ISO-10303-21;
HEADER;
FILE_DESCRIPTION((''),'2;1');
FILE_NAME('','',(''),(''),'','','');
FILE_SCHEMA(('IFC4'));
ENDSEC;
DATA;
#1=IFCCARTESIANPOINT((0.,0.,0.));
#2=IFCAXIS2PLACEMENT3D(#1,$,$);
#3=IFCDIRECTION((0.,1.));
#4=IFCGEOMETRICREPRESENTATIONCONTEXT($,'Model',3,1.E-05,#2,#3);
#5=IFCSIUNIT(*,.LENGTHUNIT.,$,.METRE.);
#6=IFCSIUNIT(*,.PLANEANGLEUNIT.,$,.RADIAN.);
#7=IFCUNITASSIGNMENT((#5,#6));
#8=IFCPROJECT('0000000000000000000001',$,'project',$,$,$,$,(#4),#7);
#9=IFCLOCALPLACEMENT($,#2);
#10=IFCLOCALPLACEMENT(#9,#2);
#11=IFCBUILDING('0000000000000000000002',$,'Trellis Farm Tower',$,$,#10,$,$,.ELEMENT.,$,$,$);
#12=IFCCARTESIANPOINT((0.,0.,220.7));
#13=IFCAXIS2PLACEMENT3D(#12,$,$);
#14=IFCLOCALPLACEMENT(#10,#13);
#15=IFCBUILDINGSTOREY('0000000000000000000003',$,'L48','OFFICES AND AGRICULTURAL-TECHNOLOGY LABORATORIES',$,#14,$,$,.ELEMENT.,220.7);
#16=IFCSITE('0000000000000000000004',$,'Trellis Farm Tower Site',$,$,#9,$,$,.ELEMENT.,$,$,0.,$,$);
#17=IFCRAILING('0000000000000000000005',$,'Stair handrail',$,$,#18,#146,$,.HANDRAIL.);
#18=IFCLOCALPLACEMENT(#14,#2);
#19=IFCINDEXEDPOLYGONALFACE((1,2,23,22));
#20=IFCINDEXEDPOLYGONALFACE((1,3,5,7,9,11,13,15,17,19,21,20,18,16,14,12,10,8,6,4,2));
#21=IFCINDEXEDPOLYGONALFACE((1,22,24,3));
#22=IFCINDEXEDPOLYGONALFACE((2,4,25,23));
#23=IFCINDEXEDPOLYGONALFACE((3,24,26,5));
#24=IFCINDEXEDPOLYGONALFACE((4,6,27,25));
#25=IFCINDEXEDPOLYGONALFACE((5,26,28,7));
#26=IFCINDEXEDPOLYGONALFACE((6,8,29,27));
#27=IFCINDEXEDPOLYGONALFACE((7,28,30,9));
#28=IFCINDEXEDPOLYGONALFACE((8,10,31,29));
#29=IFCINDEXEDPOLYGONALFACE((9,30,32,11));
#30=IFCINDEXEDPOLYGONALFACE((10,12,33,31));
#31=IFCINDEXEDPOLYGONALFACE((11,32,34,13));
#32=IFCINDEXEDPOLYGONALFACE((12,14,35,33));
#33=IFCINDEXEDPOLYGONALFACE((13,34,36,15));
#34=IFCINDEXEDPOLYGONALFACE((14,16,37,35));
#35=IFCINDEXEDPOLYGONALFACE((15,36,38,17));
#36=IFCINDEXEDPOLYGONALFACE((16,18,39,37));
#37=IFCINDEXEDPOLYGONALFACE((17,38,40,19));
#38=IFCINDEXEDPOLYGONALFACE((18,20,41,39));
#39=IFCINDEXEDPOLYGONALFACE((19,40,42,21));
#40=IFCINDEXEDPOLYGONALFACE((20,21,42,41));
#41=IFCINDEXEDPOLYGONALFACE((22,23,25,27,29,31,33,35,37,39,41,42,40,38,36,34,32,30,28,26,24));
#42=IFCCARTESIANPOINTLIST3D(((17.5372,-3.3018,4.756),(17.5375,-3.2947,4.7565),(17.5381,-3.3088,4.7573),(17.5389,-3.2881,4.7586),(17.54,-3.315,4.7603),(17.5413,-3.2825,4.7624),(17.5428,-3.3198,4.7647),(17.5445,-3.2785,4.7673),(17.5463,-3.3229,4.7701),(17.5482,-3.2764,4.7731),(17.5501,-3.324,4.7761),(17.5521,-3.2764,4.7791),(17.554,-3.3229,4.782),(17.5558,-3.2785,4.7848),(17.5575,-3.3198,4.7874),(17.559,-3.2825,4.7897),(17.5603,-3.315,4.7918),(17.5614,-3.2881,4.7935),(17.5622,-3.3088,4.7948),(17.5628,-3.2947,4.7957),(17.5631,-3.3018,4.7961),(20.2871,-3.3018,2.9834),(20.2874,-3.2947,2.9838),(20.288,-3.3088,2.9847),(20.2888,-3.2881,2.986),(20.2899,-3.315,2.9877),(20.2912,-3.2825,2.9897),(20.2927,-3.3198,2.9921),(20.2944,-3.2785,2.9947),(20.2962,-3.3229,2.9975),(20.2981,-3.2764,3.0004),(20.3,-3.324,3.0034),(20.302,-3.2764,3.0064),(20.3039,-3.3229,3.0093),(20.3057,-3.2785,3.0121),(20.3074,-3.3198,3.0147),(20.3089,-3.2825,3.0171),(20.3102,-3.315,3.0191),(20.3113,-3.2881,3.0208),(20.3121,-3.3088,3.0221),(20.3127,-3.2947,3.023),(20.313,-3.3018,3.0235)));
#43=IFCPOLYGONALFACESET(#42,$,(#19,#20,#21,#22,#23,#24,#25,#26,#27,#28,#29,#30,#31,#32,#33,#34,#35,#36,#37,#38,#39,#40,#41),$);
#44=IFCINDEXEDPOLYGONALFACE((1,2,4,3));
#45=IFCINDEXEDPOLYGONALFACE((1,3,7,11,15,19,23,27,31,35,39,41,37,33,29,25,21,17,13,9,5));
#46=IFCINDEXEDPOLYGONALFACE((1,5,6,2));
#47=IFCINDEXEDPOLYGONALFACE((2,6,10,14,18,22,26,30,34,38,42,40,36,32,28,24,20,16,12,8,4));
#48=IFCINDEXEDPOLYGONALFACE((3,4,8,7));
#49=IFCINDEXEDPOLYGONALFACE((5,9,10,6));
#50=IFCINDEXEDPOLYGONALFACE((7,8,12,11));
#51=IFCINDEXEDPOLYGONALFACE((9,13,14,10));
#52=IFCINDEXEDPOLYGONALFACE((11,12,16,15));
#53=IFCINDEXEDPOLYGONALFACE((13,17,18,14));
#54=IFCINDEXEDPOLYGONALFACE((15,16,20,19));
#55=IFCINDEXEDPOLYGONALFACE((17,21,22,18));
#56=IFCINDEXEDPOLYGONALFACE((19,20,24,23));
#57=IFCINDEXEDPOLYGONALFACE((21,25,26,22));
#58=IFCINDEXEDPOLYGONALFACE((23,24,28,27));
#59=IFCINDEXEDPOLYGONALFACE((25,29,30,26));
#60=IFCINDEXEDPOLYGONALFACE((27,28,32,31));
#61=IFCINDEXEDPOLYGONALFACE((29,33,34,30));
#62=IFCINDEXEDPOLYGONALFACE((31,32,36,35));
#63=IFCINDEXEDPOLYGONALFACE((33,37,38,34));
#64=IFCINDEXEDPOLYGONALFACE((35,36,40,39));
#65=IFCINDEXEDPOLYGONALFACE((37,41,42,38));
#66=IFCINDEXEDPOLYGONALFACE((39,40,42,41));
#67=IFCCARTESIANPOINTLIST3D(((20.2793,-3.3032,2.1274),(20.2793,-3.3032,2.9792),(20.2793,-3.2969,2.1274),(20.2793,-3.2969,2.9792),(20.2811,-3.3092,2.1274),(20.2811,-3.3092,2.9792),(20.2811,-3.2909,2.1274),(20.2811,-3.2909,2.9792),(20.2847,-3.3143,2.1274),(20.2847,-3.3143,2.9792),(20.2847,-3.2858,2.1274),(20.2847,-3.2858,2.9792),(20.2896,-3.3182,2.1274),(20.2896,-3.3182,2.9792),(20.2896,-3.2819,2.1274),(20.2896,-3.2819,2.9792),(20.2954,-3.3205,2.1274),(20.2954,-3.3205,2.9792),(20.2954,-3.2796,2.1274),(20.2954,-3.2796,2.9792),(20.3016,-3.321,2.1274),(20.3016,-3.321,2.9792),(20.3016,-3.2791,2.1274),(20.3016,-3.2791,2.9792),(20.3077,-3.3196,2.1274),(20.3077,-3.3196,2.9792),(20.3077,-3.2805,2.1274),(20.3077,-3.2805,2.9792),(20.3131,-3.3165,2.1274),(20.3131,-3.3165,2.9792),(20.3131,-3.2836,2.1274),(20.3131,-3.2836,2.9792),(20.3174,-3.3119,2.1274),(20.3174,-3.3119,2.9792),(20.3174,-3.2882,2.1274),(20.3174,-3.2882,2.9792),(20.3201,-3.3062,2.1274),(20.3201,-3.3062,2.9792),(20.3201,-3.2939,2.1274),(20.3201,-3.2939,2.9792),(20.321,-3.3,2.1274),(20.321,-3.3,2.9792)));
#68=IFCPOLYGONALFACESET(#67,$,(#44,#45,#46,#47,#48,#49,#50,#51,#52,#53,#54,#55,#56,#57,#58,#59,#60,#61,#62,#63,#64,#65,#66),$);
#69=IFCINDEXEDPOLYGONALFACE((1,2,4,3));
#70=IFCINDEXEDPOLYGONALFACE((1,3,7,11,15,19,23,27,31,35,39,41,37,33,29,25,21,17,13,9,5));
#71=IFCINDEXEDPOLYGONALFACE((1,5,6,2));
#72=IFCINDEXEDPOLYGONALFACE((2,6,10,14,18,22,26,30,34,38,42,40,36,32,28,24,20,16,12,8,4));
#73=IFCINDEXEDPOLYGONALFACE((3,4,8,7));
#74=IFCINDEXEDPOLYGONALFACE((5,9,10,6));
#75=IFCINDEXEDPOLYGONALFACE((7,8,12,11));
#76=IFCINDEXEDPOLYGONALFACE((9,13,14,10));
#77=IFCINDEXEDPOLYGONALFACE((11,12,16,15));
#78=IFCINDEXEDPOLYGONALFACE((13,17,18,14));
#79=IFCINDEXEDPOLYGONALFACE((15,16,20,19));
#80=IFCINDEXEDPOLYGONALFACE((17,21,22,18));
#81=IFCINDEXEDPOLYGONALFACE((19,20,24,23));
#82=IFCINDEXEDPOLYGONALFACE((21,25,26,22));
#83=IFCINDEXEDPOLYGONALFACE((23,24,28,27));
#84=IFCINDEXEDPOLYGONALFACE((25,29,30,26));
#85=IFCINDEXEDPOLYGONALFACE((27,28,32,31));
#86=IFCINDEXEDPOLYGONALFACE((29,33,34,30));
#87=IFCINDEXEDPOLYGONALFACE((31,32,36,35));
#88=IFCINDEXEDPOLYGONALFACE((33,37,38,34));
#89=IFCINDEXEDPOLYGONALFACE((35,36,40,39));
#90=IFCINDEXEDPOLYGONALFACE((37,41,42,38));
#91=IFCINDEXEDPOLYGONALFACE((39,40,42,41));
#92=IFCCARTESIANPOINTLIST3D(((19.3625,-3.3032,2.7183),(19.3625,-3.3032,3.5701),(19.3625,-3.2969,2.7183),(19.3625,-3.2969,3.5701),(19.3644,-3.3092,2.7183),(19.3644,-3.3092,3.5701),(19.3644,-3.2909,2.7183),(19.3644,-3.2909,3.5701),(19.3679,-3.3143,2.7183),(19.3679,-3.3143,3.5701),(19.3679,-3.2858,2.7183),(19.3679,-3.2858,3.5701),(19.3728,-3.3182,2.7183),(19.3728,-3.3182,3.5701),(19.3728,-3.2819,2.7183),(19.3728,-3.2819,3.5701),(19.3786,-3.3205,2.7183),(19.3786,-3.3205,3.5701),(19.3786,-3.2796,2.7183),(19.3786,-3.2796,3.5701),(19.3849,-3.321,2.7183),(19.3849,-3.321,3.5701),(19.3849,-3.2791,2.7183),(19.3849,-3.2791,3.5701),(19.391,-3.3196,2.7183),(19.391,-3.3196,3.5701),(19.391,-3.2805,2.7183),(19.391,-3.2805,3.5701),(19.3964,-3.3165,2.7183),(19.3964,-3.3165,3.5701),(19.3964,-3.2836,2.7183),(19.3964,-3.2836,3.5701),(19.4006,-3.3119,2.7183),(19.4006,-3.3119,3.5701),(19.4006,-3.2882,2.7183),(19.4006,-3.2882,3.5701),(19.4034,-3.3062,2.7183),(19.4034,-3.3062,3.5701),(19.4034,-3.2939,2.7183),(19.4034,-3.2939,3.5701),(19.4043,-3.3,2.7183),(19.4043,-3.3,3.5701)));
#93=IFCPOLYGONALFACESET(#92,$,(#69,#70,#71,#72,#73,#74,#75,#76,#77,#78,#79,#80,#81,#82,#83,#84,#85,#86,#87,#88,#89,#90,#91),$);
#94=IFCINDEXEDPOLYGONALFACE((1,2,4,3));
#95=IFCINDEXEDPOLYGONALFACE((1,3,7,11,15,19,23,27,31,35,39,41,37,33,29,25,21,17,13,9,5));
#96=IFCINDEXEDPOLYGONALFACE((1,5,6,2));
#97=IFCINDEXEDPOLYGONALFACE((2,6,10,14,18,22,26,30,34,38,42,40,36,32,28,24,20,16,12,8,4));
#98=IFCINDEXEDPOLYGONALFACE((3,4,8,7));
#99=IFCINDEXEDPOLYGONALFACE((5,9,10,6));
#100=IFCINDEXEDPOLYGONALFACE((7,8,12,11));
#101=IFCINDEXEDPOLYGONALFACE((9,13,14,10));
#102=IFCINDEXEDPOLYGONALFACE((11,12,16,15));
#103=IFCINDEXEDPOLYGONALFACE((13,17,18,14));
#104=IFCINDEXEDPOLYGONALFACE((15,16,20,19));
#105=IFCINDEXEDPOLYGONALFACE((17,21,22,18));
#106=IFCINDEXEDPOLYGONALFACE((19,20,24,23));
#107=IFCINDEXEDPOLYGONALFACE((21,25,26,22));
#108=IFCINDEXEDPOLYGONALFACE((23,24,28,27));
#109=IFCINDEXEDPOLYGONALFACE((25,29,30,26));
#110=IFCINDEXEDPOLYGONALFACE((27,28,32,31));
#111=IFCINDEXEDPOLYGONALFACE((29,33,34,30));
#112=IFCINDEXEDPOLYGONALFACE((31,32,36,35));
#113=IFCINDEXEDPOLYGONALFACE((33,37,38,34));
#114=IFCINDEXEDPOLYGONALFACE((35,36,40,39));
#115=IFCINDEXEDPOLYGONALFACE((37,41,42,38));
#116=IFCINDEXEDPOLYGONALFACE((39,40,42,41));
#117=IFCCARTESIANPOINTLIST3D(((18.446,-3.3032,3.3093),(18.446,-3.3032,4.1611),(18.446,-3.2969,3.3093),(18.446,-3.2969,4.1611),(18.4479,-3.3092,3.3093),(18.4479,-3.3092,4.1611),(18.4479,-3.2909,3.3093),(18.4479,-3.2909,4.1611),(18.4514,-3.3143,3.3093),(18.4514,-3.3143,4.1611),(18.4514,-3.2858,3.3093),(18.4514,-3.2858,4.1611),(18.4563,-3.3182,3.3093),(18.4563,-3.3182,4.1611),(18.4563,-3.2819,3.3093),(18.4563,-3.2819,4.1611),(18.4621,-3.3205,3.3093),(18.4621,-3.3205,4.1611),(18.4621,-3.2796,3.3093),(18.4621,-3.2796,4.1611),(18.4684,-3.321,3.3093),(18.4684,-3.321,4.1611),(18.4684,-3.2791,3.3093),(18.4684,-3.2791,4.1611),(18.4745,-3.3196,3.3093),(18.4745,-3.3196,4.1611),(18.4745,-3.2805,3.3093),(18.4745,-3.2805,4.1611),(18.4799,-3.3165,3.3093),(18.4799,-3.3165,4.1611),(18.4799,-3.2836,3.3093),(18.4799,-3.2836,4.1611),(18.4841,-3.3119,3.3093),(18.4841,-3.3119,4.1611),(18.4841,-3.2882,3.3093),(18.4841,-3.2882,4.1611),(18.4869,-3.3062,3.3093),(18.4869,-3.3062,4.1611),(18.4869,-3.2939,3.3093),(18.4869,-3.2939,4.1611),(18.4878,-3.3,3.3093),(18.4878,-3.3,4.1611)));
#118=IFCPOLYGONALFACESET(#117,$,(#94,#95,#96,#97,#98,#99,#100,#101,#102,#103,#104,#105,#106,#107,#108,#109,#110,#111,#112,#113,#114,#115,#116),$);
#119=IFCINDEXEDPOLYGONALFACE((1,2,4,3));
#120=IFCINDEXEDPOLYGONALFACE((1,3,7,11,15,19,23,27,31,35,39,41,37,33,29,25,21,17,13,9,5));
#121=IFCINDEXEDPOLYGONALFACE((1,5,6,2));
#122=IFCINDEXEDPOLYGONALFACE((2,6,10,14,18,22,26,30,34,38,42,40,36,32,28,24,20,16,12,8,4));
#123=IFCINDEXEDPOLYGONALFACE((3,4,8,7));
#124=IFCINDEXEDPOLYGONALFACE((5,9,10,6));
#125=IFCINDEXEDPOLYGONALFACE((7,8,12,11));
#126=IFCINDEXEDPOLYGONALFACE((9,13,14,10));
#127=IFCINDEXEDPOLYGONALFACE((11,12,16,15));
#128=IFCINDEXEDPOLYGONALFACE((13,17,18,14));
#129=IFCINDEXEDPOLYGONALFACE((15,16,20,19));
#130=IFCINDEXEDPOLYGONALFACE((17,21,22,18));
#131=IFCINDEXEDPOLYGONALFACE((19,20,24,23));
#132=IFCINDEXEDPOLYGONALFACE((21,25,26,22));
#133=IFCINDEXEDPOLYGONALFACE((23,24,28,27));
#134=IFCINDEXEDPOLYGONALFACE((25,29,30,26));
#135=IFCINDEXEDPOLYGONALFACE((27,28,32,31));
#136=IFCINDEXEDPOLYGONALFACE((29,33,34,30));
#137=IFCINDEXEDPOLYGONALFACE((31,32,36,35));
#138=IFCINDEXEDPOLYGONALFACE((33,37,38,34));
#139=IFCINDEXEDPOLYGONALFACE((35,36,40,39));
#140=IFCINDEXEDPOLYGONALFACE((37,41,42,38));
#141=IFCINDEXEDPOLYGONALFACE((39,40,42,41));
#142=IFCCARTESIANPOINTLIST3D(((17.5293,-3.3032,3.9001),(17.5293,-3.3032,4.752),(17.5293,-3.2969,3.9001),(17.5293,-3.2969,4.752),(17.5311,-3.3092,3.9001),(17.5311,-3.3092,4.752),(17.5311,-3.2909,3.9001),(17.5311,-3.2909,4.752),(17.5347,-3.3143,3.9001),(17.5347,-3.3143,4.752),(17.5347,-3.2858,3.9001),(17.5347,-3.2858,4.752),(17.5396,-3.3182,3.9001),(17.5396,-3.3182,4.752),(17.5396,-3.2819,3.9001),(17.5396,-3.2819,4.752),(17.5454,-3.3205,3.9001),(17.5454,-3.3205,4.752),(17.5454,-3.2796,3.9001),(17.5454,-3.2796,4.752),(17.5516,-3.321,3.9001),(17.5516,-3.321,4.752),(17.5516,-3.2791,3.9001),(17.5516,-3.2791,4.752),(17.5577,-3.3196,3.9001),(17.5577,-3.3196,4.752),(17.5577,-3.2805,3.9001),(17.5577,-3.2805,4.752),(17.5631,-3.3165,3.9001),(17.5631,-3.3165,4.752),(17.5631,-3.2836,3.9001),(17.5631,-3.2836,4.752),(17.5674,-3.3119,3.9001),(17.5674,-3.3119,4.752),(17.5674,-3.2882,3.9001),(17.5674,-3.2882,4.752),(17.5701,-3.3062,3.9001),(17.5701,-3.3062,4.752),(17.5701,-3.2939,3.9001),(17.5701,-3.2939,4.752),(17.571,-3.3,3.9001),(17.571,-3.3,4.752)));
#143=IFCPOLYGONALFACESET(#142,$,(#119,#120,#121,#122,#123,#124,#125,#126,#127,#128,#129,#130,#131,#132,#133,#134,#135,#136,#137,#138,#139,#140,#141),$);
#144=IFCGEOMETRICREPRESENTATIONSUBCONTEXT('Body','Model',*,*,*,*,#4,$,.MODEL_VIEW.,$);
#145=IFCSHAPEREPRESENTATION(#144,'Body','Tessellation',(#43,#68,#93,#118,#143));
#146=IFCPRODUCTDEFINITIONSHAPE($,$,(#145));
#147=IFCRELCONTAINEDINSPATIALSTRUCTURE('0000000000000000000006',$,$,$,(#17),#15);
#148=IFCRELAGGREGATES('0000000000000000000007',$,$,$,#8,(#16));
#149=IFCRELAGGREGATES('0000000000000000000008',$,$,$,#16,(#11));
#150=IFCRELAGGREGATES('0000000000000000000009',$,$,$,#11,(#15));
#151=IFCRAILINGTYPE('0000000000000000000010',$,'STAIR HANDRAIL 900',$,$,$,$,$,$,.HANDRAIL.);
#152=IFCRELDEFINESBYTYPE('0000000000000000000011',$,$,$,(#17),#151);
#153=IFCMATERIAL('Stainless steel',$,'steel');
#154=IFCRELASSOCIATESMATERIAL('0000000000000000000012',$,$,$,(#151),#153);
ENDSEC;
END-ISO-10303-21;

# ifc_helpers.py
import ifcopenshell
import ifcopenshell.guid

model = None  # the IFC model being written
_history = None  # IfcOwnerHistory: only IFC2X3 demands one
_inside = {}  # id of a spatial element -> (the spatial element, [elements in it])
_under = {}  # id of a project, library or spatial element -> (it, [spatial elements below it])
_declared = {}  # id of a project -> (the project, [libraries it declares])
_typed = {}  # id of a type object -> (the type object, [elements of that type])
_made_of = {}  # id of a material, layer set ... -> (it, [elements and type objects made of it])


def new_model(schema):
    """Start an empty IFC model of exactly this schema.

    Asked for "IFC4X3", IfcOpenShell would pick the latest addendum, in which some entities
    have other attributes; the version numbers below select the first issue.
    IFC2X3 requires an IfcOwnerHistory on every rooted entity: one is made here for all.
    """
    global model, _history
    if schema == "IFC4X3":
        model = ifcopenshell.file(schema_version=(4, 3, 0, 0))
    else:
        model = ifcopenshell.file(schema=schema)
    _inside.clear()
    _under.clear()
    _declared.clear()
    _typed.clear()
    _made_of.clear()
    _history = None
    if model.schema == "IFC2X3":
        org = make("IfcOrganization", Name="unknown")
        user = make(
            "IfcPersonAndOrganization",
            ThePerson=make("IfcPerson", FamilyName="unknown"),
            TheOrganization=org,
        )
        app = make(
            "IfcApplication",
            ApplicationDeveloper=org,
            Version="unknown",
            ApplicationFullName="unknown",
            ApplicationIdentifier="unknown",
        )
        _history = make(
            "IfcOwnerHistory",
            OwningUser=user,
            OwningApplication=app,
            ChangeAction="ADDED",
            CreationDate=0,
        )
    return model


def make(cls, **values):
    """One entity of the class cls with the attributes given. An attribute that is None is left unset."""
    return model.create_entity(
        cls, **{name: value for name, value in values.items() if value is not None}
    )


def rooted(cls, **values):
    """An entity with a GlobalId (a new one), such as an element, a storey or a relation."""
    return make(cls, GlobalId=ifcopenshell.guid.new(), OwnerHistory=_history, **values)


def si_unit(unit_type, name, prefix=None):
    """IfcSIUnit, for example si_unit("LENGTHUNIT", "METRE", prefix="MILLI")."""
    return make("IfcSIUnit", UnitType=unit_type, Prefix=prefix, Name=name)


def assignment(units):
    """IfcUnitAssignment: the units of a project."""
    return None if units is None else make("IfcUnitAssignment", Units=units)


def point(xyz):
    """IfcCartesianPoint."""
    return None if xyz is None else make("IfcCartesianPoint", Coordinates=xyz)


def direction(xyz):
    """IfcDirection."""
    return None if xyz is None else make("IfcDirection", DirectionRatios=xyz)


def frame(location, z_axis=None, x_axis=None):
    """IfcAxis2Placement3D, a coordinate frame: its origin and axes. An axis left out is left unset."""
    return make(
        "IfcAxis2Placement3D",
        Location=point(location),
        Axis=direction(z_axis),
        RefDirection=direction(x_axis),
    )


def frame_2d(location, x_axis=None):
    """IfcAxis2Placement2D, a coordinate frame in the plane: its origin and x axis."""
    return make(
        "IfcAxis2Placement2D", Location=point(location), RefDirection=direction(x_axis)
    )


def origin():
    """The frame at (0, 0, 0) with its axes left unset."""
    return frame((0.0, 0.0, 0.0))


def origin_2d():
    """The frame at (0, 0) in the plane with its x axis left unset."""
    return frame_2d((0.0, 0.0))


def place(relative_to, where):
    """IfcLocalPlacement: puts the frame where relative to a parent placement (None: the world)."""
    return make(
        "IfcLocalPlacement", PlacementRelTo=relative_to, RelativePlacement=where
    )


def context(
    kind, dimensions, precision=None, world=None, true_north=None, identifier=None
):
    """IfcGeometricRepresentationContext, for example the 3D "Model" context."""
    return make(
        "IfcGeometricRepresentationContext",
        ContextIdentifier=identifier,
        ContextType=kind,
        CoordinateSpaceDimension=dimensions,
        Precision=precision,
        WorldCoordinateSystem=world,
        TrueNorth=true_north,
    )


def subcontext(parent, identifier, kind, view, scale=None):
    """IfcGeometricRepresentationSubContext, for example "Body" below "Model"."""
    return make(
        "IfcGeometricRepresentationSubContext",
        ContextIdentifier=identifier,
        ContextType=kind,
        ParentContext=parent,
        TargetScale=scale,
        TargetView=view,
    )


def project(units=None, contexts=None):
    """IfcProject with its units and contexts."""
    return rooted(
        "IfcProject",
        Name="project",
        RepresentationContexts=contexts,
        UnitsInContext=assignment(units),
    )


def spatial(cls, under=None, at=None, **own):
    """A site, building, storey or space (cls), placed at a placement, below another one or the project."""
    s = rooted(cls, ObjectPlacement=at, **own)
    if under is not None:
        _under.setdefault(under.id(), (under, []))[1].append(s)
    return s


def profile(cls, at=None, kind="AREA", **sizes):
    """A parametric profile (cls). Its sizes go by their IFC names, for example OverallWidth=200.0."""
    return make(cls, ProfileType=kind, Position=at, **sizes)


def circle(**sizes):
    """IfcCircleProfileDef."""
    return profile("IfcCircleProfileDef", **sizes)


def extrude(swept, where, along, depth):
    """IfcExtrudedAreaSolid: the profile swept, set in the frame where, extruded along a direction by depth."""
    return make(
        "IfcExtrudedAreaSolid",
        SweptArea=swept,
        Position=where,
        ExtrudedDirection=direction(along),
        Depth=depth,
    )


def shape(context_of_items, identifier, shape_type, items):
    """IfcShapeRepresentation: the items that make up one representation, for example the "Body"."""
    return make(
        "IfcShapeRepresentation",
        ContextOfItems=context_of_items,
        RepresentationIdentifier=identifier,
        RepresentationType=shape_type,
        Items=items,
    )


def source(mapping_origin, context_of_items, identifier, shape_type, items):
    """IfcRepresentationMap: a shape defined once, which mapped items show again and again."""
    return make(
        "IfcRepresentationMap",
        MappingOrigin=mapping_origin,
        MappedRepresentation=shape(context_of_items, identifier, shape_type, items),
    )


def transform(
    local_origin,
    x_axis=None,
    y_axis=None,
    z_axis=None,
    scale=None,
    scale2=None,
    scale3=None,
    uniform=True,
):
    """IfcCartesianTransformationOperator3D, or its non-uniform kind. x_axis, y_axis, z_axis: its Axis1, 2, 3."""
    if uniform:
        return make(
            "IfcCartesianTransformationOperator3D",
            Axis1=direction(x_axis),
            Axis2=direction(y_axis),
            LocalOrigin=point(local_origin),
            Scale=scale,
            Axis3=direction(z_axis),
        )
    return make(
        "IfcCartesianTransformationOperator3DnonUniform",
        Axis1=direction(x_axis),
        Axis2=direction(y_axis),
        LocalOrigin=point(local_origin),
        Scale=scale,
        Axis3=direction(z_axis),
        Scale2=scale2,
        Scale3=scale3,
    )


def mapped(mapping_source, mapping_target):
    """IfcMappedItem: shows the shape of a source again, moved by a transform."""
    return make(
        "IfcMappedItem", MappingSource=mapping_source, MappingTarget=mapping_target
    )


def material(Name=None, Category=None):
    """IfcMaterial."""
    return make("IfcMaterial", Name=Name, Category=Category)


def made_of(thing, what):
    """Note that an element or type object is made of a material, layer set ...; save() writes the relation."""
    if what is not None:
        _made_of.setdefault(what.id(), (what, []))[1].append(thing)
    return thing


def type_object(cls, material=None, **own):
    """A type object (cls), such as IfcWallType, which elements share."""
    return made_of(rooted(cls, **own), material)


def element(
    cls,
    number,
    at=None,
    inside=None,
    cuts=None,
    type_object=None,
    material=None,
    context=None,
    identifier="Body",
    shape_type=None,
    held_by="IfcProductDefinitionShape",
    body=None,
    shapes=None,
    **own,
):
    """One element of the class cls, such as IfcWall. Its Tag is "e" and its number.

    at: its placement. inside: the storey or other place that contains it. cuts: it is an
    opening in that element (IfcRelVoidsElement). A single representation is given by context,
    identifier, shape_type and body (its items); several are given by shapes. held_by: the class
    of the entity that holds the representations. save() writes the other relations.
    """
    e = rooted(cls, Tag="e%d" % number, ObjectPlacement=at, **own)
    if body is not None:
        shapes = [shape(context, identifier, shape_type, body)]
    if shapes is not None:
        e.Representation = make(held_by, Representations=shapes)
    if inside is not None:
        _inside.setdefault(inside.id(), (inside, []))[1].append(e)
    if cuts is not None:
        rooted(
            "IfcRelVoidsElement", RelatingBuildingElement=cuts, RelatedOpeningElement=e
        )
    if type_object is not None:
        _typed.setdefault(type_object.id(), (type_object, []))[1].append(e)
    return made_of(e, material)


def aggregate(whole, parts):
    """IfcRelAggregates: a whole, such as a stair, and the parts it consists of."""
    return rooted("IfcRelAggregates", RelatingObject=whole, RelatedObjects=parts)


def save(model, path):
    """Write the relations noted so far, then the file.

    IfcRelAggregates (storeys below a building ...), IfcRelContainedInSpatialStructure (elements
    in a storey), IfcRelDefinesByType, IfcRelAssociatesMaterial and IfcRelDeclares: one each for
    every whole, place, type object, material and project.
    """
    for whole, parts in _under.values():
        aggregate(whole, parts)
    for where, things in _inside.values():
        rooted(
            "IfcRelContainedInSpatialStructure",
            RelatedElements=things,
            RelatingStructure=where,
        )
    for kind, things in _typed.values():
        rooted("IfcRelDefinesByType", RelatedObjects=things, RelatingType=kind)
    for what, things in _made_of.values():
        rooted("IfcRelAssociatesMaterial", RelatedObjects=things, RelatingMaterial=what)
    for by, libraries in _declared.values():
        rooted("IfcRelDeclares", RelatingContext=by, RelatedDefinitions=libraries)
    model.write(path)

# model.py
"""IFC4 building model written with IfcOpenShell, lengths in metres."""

from ifc_helpers import new_model, si_unit, direction, frame, origin, origin_2d, place, context, subcontext, project, spatial, circle, extrude, source, transform, mapped, material, type_object, element, save


model = new_model("IFC4")

# Units and contexts
model_context = context("Model", 3, precision=1e-05, world=origin(), true_north=direction((0.0, 1.0)))
body_context = subcontext(model_context, "Body", "Model", "MODEL_VIEW")
ifc_project = project(units=[si_unit("LENGTHUNIT", "METRE"), si_unit("PLANEANGLEUNIT", "RADIAN")], contexts=[model_context])

# Site, building, storey
site_placement = place(None, origin())
site = spatial("IfcSite", under=ifc_project, at=site_placement, Name="Trellis Farm Tower Site", CompositionType="ELEMENT", RefElevation=0.0)
building_placement = place(site_placement, origin())
building = spatial("IfcBuilding", under=site, at=building_placement, Name="Trellis Farm Tower", CompositionType="ELEMENT")
storey_placement = place(building_placement, frame((0.0, 0.0, 220.7)))
storey = spatial("IfcBuildingStorey", under=building, at=storey_placement, Name="L48", Description="OFFICES AND AGRICULTURAL-TECHNOLOGY LABORATORIES", CompositionType="ELEMENT", Elevation=220.7)

# Railing
ifc_material_1 = material(Name="Stainless steel", Category="steel")
railing_type = type_object("IfcRailingType", Name="STAIR HANDRAIL 900", PredefinedType="HANDRAIL", material=ifc_material_1)
shared_shape_1 = source(origin(), body_context, "Body", "SweptSolid", [
    extrude(circle(Radius=0.0239, at=origin_2d()), frame((0.0, 0.0, 0.876), z_axis=(-0.840504, 0.0, 0.541806), x_axis=(0.0, -1.0, 0.0)), (0.0, 0.0, 1.0), 3.2717),
    extrude(circle(Radius=0.021, at=origin_2d()), origin(), (0.0, 0.0, 1.0), 0.8518),
    extrude(circle(Radius=0.021, at=origin_2d()), frame((-0.9167, 0.0, 0.5908)), (0.0, 0.0, 1.0), 0.8518),
    extrude(circle(Radius=0.021, at=origin_2d()), frame((-1.8333, 0.0, 1.1819)), (0.0, 0.0, 1.0), 0.8518),
    extrude(circle(Radius=0.021, at=origin_2d()), frame((-2.75, 0.0, 1.7727)), (0.0, 0.0, 1.0), 0.8518),
])
for number, where, name in (
    (1, (20.3, -3.3, 2.1274), "Stair handrail"),
):
    element("IfcRailing", number, at=place(storey_placement, frame(where)), inside=storey, type_object=railing_type, Name=name, PredefinedType="HANDRAIL", context=body_context, shape_type="MappedRepresentation", body=[
        mapped(shared_shape_1, transform((0.0, 0.0, 0.0))),
    ])

save(model, "model.ifc")
